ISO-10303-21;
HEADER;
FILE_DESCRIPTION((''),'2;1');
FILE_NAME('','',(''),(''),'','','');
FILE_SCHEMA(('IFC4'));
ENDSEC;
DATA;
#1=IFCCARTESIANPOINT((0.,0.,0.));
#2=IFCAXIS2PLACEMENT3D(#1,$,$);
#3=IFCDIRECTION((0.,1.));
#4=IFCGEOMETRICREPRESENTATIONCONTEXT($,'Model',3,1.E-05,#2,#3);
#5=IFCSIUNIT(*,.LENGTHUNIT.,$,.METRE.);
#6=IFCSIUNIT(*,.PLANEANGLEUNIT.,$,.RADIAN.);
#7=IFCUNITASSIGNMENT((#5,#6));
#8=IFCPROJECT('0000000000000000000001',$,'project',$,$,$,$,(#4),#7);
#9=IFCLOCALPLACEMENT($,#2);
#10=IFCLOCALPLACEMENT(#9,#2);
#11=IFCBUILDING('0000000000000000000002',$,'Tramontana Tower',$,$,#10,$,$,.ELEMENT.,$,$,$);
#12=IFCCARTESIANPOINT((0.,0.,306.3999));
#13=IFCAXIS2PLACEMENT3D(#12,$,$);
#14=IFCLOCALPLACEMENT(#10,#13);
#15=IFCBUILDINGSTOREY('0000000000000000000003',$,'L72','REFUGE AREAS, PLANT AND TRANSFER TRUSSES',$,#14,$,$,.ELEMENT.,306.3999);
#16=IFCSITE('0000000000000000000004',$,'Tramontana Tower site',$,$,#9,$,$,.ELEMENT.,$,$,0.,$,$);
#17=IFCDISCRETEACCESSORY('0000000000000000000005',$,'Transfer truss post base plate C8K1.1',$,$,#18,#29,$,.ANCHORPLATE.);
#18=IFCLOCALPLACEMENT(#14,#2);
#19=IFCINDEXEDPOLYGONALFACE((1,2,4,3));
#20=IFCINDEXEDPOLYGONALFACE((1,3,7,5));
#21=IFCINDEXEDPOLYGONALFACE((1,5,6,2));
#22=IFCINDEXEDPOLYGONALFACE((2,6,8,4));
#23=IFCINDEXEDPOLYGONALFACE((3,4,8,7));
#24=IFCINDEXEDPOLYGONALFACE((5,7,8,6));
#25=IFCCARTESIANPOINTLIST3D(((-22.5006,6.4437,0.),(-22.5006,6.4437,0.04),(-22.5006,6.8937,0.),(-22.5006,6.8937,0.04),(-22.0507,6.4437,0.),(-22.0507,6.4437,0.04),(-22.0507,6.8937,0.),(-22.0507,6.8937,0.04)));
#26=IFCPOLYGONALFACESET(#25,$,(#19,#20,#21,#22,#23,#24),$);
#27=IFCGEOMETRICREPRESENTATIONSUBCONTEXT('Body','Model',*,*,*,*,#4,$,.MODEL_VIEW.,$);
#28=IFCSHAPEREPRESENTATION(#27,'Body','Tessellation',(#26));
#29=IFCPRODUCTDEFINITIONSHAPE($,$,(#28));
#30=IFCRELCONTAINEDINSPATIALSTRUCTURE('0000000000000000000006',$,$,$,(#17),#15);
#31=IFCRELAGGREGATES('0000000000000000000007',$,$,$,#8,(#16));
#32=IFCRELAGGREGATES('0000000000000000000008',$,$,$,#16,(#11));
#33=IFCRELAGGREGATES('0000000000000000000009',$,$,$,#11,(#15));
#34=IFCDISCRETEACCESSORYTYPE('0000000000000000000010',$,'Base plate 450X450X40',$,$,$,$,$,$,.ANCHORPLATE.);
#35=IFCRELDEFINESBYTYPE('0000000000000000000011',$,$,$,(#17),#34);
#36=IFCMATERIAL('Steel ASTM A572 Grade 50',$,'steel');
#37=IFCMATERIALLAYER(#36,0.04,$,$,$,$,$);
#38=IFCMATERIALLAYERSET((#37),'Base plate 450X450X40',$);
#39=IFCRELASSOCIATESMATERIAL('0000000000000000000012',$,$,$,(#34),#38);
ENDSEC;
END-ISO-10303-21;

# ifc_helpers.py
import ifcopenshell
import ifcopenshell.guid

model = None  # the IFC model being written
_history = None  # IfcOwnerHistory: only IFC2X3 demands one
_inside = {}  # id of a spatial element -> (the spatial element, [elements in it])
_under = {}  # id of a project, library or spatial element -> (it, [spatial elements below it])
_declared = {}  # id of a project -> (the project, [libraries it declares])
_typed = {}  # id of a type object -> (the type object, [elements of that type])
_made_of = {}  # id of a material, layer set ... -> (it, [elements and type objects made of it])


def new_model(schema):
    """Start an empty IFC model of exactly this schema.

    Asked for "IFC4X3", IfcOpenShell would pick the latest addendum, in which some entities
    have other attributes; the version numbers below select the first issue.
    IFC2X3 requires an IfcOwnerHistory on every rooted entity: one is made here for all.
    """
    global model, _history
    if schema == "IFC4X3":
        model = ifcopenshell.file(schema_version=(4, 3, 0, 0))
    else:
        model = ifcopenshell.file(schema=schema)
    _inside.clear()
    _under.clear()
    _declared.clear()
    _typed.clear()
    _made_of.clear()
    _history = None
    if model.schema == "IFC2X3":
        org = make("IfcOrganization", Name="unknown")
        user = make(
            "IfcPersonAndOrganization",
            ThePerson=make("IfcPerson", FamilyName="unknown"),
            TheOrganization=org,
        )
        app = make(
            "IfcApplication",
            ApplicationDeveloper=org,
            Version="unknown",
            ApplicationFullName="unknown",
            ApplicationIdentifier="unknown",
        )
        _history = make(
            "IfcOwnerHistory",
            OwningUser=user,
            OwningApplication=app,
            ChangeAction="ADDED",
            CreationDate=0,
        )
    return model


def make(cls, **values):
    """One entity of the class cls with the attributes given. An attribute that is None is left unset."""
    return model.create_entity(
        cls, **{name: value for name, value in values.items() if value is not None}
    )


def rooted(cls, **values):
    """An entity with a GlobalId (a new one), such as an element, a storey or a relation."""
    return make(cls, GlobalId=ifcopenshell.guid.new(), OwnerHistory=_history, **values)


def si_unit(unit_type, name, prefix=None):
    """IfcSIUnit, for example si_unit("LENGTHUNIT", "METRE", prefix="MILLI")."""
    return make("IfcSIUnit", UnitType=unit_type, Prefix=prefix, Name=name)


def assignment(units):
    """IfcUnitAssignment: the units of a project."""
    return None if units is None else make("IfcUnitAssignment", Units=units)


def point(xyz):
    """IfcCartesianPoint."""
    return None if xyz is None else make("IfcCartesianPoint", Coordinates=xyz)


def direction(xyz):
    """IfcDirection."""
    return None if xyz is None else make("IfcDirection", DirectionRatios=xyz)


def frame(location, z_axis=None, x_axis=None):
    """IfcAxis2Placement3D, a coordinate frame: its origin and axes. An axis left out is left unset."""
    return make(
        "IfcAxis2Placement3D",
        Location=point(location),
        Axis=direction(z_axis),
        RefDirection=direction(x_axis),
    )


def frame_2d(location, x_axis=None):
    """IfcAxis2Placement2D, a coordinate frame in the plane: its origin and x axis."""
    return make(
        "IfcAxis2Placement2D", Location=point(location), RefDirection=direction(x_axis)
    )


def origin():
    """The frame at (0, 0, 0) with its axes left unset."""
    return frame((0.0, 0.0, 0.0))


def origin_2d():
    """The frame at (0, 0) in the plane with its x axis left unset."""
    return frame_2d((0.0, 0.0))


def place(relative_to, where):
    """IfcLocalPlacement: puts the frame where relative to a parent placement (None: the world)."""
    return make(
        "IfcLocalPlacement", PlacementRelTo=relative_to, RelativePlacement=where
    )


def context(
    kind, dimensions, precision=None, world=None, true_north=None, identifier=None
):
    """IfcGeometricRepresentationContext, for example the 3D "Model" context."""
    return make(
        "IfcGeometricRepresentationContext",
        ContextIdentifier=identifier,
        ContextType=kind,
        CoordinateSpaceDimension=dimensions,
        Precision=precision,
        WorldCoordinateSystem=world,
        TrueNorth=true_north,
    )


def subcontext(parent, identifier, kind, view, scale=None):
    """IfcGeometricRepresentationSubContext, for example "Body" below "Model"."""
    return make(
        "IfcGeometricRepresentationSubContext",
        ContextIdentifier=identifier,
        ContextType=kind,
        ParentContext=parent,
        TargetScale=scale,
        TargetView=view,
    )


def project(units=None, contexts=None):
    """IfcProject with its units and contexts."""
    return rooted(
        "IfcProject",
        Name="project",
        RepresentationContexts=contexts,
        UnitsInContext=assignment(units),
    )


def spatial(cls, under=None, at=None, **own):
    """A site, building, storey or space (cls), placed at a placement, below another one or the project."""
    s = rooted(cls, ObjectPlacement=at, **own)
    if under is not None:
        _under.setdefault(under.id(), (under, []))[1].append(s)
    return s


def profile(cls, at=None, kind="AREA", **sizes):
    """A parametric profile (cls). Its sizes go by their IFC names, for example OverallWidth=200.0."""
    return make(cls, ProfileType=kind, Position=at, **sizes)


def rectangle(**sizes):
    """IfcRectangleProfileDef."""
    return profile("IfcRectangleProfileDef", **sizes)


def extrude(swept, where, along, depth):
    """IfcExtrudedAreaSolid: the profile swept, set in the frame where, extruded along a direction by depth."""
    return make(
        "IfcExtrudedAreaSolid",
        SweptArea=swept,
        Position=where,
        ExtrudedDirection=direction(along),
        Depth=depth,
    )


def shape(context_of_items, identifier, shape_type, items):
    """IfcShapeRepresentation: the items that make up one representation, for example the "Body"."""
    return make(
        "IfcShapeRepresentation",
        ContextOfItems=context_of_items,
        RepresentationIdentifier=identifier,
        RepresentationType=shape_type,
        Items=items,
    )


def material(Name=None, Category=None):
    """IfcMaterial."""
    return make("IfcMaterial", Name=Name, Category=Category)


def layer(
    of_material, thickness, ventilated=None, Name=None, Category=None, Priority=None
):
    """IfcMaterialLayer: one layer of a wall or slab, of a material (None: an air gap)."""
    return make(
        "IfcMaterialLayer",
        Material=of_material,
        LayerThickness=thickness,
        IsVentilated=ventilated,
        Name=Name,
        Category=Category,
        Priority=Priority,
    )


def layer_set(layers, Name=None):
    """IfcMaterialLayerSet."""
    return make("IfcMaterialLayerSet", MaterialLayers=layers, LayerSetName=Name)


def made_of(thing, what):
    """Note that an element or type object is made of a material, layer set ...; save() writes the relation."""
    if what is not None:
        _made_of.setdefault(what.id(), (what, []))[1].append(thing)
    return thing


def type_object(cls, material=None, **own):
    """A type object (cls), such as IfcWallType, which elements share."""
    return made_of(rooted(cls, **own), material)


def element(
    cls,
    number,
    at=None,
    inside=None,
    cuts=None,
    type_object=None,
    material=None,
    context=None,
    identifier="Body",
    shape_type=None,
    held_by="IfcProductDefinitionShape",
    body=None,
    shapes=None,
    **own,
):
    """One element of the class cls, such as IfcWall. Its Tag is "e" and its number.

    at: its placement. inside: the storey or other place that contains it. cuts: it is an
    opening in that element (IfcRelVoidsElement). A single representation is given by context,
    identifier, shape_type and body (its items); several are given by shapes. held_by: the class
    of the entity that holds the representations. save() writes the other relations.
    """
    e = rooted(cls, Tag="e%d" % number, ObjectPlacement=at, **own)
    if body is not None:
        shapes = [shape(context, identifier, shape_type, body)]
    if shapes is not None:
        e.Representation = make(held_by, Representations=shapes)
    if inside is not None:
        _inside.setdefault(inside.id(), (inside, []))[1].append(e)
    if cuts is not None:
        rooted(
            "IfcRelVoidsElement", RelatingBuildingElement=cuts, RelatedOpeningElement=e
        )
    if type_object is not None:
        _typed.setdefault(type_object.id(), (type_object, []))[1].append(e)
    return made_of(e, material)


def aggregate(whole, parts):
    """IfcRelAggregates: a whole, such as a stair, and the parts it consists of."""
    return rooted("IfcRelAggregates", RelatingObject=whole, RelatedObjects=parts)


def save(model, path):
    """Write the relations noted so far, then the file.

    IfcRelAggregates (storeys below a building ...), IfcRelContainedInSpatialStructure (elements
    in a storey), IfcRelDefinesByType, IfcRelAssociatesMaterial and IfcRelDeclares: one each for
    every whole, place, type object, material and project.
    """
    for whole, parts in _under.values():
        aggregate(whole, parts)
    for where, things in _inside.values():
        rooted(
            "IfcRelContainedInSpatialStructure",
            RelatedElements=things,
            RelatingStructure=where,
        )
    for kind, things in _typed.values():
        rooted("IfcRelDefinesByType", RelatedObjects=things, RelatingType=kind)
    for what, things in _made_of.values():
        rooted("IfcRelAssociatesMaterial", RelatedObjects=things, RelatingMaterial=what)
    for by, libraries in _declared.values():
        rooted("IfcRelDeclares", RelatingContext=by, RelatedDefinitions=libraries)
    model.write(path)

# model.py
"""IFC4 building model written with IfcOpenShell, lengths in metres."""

from ifc_helpers import new_model, si_unit, direction, frame, origin, origin_2d, place, context, subcontext, project, spatial, rectangle, extrude, material, layer, layer_set, type_object, element, save


model = new_model("IFC4")

# Units and contexts
model_context = context("Model", 3, precision=1e-05, world=origin(), true_north=direction((0.0, 1.0)))
body_context = subcontext(model_context, "Body", "Model", "MODEL_VIEW")
ifc_project = project(units=[si_unit("LENGTHUNIT", "METRE"), si_unit("PLANEANGLEUNIT", "RADIAN")], contexts=[model_context])

# Site, building, storey
site_placement = place(None, origin())
site = spatial("IfcSite", under=ifc_project, at=site_placement, Name="Tramontana Tower site", CompositionType="ELEMENT", RefElevation=0.0)
building_placement = place(site_placement, origin())
building = spatial("IfcBuilding", under=site, at=building_placement, Name="Tramontana Tower", CompositionType="ELEMENT")
storey_placement = place(building_placement, frame((0.0, 0.0, 306.3999)))
storey = spatial("IfcBuildingStorey", under=building, at=storey_placement, Name="L72", Description="REFUGE AREAS, PLANT AND TRANSFER TRUSSES", CompositionType="ELEMENT", Elevation=306.3999)

# Discrete accessory
ifc_material_1 = material(Name="Steel ASTM A572 Grade 50", Category="steel")
ifc_layer = layer(ifc_material_1, 0.04)
ifc_layer_set = layer_set([ifc_layer], Name="Base plate 450X450X40")
discrete_accessory_type = type_object("IfcDiscreteAccessoryType", Name="Base plate 450X450X40", PredefinedType="ANCHORPLATE", material=ifc_layer_set)
discrete_accessory_placement = place(storey_placement, frame((-22.2756, 6.6687, 0.0), z_axis=(0.0, 0.0, 1.0), x_axis=(1.0, 0.0, 0.0)))
element("IfcDiscreteAccessory", 1, at=discrete_accessory_placement, inside=storey, type_object=discrete_accessory_type, Name="Transfer truss post base plate C8K1.1", PredefinedType="ANCHORPLATE", context=body_context, shape_type="SweptSolid", body=[
    extrude(rectangle(XDim=0.45, YDim=0.45, at=origin_2d()), origin(), (0.0, 0.0, 1.0), 0.04),
])

save(model, "model.ifc")
